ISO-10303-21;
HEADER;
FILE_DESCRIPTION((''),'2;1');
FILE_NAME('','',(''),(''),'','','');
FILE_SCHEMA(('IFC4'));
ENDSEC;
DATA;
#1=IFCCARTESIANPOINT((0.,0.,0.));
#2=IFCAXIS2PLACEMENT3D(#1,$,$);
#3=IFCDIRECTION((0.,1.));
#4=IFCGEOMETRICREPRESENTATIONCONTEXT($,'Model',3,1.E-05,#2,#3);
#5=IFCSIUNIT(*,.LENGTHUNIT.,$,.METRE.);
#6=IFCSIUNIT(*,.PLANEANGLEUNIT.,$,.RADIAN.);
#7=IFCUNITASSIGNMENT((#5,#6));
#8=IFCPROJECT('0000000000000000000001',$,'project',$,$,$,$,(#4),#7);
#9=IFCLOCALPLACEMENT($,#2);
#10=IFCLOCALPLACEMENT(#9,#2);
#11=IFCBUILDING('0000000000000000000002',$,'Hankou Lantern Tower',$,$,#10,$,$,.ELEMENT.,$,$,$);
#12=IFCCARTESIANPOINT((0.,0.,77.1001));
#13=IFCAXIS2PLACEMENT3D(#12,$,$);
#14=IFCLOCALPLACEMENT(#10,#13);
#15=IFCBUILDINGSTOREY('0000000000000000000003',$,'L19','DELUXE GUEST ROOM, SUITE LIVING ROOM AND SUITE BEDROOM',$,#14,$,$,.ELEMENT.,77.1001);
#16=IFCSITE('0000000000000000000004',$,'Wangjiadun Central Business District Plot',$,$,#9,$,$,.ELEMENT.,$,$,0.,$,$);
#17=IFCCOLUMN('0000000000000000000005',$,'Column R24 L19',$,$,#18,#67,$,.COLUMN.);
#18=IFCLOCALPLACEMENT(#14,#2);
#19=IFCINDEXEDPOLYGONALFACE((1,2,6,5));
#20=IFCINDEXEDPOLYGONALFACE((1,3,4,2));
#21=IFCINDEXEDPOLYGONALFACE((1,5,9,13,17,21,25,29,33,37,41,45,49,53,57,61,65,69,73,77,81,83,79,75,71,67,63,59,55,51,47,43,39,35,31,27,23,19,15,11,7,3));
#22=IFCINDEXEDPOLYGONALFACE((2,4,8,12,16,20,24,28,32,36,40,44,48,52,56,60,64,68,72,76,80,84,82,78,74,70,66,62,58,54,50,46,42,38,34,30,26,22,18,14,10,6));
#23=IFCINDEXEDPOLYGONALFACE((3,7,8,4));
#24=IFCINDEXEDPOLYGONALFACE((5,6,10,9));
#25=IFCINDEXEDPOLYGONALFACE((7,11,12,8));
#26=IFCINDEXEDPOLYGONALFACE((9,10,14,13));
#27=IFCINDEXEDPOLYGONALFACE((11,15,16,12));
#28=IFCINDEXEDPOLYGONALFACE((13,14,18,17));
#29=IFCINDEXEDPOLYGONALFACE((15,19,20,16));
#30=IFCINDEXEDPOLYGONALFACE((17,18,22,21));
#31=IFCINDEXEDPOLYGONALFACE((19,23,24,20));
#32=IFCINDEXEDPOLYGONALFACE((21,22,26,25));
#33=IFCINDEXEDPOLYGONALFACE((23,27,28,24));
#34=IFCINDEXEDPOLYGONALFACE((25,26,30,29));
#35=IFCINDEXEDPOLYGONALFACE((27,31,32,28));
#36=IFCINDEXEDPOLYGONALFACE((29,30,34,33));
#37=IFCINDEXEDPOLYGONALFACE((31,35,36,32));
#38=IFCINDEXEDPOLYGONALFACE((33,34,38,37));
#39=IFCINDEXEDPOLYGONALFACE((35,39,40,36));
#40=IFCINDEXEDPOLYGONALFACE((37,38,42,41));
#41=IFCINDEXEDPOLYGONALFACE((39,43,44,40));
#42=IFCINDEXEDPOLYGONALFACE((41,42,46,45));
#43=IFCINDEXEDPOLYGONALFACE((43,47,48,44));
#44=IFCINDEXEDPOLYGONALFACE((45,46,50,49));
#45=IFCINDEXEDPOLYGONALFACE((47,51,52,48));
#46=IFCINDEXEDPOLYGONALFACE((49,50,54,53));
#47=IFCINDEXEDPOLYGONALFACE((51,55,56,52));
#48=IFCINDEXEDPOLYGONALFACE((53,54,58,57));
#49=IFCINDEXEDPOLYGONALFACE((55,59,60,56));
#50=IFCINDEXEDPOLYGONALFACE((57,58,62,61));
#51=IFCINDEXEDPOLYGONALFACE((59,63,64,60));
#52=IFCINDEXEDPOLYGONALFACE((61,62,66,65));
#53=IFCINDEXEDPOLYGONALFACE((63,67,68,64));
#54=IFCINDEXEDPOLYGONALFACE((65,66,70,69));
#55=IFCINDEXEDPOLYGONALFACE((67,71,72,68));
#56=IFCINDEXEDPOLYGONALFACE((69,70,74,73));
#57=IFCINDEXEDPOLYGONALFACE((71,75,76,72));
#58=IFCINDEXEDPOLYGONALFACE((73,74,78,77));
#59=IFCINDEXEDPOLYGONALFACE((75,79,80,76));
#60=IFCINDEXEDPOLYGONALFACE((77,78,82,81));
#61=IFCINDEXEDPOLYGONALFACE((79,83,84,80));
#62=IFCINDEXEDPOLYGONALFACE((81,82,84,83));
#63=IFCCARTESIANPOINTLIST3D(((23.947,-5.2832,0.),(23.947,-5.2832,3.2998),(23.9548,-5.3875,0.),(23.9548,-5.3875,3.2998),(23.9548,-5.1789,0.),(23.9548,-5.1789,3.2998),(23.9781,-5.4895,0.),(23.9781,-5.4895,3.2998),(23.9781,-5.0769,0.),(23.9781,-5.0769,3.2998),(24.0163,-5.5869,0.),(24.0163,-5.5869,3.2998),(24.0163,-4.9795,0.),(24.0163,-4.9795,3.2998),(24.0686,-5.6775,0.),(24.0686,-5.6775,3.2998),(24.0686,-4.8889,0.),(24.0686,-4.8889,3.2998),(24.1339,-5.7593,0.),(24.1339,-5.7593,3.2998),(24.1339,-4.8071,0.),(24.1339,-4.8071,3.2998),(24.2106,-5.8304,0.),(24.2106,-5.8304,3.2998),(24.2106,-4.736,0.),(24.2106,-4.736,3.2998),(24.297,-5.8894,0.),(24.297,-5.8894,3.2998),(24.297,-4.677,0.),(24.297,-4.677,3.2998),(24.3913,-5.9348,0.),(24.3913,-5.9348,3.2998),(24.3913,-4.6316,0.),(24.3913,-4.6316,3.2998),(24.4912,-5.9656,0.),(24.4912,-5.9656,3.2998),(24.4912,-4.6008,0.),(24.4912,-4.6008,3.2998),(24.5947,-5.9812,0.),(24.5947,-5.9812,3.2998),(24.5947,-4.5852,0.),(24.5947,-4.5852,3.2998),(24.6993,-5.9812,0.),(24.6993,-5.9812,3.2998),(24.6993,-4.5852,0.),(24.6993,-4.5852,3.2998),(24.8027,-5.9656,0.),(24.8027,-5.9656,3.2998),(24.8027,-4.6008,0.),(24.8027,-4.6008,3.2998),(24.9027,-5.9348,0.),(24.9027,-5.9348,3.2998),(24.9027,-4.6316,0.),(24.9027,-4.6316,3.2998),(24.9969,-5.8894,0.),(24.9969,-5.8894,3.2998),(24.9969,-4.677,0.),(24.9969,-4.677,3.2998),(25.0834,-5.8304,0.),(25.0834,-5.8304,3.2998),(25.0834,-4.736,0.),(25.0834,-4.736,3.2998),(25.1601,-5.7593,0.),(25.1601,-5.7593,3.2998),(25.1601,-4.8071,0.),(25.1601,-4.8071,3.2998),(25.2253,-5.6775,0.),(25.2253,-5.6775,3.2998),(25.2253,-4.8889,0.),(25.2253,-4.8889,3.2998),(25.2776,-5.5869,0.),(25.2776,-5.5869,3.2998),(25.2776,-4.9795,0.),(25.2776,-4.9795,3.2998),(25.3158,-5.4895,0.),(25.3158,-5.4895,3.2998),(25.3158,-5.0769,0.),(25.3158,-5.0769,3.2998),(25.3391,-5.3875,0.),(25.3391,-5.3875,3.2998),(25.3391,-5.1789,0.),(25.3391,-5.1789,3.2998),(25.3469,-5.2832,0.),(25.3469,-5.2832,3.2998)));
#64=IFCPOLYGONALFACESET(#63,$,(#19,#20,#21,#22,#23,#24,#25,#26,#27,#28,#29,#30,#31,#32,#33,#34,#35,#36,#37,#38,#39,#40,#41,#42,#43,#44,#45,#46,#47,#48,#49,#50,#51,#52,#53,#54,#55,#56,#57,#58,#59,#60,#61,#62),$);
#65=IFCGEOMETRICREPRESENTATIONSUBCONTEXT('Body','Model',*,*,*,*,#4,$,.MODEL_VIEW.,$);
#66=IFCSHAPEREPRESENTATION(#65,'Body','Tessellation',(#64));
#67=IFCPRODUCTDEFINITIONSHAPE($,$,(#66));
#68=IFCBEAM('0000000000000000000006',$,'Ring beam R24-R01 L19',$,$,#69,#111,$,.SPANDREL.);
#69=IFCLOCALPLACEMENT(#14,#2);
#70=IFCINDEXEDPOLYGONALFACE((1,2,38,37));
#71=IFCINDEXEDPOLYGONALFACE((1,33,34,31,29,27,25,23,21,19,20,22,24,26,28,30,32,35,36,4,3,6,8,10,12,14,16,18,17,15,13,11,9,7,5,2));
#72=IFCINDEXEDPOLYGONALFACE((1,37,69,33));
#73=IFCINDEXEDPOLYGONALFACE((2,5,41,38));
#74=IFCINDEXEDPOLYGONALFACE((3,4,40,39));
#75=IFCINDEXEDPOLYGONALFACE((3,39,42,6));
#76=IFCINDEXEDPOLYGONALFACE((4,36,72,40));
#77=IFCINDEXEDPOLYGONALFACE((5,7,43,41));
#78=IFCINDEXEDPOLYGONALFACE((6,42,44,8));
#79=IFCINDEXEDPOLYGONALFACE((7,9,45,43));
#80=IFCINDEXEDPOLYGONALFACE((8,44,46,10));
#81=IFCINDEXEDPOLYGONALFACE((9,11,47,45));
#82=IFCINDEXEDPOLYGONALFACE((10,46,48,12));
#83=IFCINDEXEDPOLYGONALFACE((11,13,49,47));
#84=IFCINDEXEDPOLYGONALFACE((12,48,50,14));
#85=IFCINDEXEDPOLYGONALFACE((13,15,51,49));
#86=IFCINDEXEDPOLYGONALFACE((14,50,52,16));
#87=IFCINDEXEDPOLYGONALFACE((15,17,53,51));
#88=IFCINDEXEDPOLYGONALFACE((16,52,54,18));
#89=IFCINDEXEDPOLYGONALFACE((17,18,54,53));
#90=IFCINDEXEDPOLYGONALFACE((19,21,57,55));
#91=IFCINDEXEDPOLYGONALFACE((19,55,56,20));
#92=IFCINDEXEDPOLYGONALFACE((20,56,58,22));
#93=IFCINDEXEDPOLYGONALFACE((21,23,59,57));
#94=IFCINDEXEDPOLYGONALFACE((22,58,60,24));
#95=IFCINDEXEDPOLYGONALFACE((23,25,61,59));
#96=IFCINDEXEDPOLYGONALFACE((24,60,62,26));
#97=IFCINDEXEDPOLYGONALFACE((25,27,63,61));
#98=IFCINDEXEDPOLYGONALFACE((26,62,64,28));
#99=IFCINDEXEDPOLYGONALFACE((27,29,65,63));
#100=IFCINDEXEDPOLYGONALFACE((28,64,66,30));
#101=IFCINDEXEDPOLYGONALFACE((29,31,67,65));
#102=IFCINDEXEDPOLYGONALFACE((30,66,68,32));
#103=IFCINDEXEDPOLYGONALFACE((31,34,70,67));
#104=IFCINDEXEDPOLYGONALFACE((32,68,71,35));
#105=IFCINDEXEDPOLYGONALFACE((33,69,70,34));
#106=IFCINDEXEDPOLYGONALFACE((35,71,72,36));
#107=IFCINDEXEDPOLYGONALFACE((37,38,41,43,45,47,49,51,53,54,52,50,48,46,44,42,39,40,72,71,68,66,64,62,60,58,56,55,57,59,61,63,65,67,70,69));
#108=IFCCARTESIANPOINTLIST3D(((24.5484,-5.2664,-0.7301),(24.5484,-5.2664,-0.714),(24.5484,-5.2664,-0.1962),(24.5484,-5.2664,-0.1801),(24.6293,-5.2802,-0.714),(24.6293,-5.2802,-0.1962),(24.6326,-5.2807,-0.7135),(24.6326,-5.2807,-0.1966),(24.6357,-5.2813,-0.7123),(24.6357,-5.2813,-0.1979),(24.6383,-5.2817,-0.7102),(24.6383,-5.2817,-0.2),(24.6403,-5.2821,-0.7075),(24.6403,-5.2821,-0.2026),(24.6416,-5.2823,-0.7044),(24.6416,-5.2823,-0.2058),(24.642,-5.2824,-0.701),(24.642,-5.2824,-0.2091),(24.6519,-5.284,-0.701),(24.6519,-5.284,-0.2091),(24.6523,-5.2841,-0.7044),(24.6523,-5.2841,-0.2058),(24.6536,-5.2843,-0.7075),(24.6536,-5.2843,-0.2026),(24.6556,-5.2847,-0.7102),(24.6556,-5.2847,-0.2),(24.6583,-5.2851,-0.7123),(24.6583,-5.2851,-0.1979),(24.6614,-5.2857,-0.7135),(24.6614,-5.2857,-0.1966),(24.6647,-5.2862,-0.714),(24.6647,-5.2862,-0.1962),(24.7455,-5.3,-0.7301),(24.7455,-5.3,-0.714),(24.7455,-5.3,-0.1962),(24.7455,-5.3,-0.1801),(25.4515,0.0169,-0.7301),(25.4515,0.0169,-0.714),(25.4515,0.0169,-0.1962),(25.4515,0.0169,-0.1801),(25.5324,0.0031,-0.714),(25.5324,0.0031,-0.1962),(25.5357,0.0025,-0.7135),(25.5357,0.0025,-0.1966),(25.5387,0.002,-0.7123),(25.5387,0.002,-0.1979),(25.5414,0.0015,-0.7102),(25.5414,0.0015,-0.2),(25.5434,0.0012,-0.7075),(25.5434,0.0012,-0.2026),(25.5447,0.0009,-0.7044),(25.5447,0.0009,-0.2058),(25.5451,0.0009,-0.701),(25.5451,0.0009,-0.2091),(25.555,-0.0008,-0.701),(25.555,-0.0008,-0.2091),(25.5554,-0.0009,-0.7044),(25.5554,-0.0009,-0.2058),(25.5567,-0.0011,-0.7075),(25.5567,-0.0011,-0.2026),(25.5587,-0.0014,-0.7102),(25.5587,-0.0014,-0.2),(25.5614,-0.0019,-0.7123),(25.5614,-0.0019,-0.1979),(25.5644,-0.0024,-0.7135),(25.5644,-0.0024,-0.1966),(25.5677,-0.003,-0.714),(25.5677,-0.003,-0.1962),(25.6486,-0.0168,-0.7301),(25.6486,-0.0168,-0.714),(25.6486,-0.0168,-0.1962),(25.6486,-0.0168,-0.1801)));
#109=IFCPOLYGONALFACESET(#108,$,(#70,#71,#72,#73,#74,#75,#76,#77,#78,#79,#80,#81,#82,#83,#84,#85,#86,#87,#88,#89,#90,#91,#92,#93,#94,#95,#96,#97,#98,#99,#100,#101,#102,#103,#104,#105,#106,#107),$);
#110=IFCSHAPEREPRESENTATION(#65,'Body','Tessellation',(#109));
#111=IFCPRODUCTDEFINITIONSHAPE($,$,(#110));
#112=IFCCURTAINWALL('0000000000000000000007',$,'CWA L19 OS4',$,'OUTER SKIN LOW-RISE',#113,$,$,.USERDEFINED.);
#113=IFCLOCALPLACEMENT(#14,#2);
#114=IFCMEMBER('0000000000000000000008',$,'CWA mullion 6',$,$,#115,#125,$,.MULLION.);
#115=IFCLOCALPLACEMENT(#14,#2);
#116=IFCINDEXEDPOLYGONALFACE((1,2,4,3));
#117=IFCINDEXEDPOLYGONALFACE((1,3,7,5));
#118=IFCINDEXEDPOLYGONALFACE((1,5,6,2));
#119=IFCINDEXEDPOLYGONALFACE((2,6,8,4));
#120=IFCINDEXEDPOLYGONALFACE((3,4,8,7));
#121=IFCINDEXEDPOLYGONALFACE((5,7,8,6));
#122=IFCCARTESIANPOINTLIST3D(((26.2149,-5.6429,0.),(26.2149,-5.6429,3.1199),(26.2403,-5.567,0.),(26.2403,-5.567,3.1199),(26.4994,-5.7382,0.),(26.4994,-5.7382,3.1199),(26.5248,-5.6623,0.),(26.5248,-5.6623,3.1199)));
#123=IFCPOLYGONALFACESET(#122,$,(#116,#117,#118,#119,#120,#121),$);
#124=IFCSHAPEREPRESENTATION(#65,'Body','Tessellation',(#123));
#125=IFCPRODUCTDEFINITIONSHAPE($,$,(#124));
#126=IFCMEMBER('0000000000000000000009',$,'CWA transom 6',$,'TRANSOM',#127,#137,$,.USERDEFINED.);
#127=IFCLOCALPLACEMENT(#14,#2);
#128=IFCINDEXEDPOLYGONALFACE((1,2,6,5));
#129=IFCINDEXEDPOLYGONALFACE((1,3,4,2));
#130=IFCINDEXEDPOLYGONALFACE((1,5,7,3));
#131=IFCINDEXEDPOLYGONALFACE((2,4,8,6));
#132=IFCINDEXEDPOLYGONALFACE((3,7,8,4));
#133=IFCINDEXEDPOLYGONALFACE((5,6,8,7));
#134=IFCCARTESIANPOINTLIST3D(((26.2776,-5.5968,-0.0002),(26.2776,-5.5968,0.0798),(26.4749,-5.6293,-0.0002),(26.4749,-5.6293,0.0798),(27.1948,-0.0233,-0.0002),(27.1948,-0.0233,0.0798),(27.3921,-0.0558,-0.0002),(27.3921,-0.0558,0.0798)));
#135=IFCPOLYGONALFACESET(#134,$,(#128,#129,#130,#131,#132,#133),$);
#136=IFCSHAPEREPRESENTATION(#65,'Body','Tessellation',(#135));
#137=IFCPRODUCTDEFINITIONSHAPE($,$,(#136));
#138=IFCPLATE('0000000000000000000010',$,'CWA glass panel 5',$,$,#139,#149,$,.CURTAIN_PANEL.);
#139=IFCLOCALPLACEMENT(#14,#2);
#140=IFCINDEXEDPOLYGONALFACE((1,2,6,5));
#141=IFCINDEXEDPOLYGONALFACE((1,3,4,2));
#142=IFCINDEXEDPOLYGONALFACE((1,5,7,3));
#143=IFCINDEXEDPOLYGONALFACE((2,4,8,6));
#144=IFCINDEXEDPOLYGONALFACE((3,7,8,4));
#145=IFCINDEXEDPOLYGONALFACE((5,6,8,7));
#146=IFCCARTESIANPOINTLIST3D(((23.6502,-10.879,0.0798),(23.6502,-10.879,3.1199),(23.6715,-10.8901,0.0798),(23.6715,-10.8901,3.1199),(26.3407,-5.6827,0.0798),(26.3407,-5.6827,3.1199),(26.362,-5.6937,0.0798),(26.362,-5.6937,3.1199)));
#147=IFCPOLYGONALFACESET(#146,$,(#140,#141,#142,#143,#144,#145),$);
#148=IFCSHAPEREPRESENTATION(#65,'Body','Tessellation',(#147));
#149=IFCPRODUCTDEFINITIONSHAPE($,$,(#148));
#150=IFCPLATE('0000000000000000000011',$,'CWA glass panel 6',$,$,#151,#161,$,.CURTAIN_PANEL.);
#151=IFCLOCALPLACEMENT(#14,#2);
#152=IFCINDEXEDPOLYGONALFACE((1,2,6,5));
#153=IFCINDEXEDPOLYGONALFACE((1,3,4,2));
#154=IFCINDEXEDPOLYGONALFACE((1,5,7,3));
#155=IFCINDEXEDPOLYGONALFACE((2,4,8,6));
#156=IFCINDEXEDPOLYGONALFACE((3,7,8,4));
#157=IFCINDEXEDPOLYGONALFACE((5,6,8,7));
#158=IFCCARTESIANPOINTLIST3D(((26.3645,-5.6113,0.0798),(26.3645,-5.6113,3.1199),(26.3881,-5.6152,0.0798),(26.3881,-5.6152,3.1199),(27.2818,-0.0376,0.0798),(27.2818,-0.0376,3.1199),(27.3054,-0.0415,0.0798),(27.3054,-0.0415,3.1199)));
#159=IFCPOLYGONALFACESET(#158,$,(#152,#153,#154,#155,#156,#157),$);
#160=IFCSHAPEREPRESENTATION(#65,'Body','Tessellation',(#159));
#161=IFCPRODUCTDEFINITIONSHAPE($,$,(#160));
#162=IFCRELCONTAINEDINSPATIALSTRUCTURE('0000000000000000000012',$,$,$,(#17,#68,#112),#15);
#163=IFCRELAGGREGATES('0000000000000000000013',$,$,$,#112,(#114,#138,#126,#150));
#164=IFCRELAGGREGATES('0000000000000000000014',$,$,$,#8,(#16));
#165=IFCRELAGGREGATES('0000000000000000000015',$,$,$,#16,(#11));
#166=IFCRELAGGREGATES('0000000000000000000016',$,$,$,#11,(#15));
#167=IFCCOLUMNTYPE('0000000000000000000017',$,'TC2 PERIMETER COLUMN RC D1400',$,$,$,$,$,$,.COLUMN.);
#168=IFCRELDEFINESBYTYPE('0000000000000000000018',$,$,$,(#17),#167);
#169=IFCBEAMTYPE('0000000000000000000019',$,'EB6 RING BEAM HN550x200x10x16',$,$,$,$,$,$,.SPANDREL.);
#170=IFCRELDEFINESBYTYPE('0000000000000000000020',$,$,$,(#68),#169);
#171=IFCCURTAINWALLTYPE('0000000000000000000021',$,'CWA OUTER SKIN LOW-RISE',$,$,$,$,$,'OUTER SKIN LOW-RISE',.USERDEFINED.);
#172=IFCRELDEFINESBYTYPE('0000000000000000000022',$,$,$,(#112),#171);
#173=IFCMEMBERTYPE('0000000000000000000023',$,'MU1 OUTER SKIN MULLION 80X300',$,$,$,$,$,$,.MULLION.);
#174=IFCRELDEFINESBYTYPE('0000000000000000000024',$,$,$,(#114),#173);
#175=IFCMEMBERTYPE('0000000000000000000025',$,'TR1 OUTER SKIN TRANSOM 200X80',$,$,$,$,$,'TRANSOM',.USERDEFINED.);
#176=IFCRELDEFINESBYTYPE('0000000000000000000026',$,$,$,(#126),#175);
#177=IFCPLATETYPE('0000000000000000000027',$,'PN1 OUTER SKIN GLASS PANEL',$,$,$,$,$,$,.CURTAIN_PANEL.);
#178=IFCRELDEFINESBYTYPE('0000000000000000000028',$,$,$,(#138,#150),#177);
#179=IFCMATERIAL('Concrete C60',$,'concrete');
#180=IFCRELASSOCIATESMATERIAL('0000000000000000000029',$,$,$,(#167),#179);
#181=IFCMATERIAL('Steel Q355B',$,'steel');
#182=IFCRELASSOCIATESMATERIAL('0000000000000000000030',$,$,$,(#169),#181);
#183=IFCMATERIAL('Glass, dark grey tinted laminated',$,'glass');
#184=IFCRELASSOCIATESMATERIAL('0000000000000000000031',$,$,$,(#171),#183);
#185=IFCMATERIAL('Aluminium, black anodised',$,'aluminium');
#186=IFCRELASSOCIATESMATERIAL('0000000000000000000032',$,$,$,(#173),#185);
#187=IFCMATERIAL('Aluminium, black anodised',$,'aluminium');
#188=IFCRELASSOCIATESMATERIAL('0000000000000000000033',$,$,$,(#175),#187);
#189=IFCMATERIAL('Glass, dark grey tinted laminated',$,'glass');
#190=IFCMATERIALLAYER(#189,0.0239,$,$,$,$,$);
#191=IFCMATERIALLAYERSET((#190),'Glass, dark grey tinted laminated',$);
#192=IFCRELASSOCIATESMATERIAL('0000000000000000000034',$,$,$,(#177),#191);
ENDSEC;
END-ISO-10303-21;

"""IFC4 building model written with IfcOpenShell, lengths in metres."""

from ifc_helpers import new_model, si_unit, direction, frame, origin, origin_2d, place, context, subcontext, project, spatial, rectangle, circle, i_section, extrude, material, layer, layer_set, material_profile, profile_set, type_object, element, aggregate, save


model = new_model("IFC4")

# Units and contexts
model_context = context("Model", 3, precision=1e-05, world=origin(), true_north=direction((0.0, 1.0)))
body_context = subcontext(model_context, "Body", "Model", "MODEL_VIEW")
ifc_project = project(units=[si_unit("LENGTHUNIT", "METRE"), si_unit("PLANEANGLEUNIT", "RADIAN")], contexts=[model_context])

# Site, building, storey
site_placement = place(None, origin())
site = spatial("IfcSite", under=ifc_project, at=site_placement, Name="Wangjiadun Central Business District Plot", CompositionType="ELEMENT", RefElevation=0.0)
building_placement = place(site_placement, origin())
building = spatial("IfcBuilding", under=site, at=building_placement, Name="Hankou Lantern Tower", CompositionType="ELEMENT")
storey_placement = place(building_placement, frame((0.0, 0.0, 77.1001)))
storey = spatial("IfcBuildingStorey", under=building, at=storey_placement, Name="L19", Description="DELUXE GUEST ROOM, SUITE LIVING ROOM AND SUITE BEDROOM", CompositionType="ELEMENT", Elevation=77.1001)

# Column
ifc_material_1 = material(Name="Concrete C60", Category="concrete")
ifc_material_profile_1 = material_profile(ifc_material_1, circle(Radius=0.7, at=origin_2d()), Name="RC D1400")
ifc_profile_set_1 = profile_set([ifc_material_profile_1], Name="Concrete C60")
column_type = type_object("IfcColumnType", Name="TC2 PERIMETER COLUMN RC D1400", PredefinedType="COLUMN", material=ifc_profile_set_1)
column_placement = place(storey_placement, frame((24.647, -5.2832, 0.0), z_axis=(0.0, 0.0, 1.0), x_axis=(1.0, 0.0, 0.0)))
element("IfcColumn", 1, at=column_placement, inside=storey, type_object=column_type, Name="Column R24 L19", PredefinedType="COLUMN", context=body_context, shape_type="SweptSolid", body=[
    extrude(circle(Radius=0.7, at=origin_2d()), origin(), (0.0, 0.0, 1.0), 3.2998),
])

# Beam
ifc_material_2 = material(Name="Steel Q355B", Category="steel")
ifc_material_profile_2 = material_profile(ifc_material_2, i_section(OverallWidth=0.2, OverallDepth=0.55, WebThickness=0.01, FlangeThickness=0.0161, FilletRadius=0.0129, at=origin_2d()), Name="HN550x200x10x16")
ifc_profile_set_2 = profile_set([ifc_material_profile_2], Name="Steel Q355B")
beam_type = type_object("IfcBeamType", Name="EB6 RING BEAM HN550x200x10x16", PredefinedType="SPANDREL", material=ifc_profile_set_2)
beam_placement = place(storey_placement, frame((24.647, -5.2832, -0.4551), z_axis=(0.16849, 0.985703, 0.0), x_axis=(-0.985703, 0.16849, 0.0)))
element("IfcBeam", 2, at=beam_placement, inside=storey, type_object=beam_type, Name="Ring beam R24-R01 L19", PredefinedType="SPANDREL", context=body_context, shape_type="SweptSolid", body=[
    extrude(i_section(OverallWidth=0.2, OverallDepth=0.55, WebThickness=0.01, FlangeThickness=0.0161, FilletRadius=0.0129, at=origin_2d()), origin(), (0.0, 0.0, 1.0), 5.3599),
])

# Curtain wall, members, plates
ifc_material_3 = material(Name="Glass, dark grey tinted laminated", Category="glass")
curtain_wall_type = type_object("IfcCurtainWallType", Name="CWA OUTER SKIN LOW-RISE", ElementType="OUTER SKIN LOW-RISE", PredefinedType="USERDEFINED", material=ifc_material_3)
curtain_wall_placement = place(storey_placement, origin())
curtain_wall = element("IfcCurtainWall", 3, at=curtain_wall_placement, inside=storey, type_object=curtain_wall_type, Name="CWA L19 OS4", ObjectType="OUTER SKIN LOW-RISE", PredefinedType="USERDEFINED")
ifc_material_4 = material(Name="Aluminium, black anodised", Category="aluminium")
ifc_material_profile_3 = material_profile(ifc_material_4, rectangle(XDim=0.0801, YDim=0.3, at=origin_2d()), Name="MU1 80X300")
ifc_profile_set_3 = profile_set([ifc_material_profile_3], Name="Aluminium, black anodised")
member_type_1 = type_object("IfcMemberType", Name="MU1 OUTER SKIN MULLION 80X300", PredefinedType="MULLION", material=ifc_profile_set_3)
member_1_placement = place(storey_placement, frame((26.3699, -5.6526, 0.0), z_axis=(0.0, 0.0, 1.0), x_axis=(0.317596, 0.948226, 0.0)))
member_1 = element("IfcMember", 4, at=member_1_placement, type_object=member_type_1, Name="CWA mullion 6", PredefinedType="MULLION", context=body_context, shape_type="SweptSolid", body=[
    extrude(rectangle(XDim=0.0801, YDim=0.3, at=origin_2d()), origin(), (0.0, 0.0, 1.0), 3.1199),
])
ifc_material_5 = material(Name="Aluminium, black anodised", Category="aluminium")
ifc_material_profile_4 = material_profile(ifc_material_5, rectangle(XDim=0.2, YDim=0.0801, at=origin_2d()), Name="TR1 200X80")
ifc_profile_set_4 = profile_set([ifc_material_profile_4], Name="Aluminium, black anodised")
member_type_2 = type_object("IfcMemberType", Name="TR1 OUTER SKIN TRANSOM 200X80", ElementType="TRANSOM", PredefinedType="USERDEFINED", material=ifc_profile_set_4)
member_2_placement = place(storey_placement, frame((26.3762, -5.613, 0.0398), z_axis=(0.162387, 0.986727, 0.0), x_axis=(-0.986727, 0.162387, 0.0)))
member_2 = element("IfcMember", 5, at=member_2_placement, type_object=member_type_2, Name="CWA transom 6", ObjectType="TRANSOM", PredefinedType="USERDEFINED", context=body_context, shape_type="SweptSolid", body=[
    extrude(rectangle(XDim=0.2, YDim=0.0801, at=origin_2d()), origin(), (0.0, 0.0, 1.0), 5.6484),
])
ifc_material_6 = material(Name="Glass, dark grey tinted laminated", Category="glass")
ifc_layer_1 = layer(ifc_material_6, 0.0239)
ifc_layer_set_1 = layer_set([ifc_layer_1], Name="Glass, dark grey tinted laminated")
plate_type = type_object("IfcPlateType", Name="PN1 OUTER SKIN GLASS PANEL", PredefinedType="CURTAIN_PANEL", material=ifc_layer_set_1)
plate_1_placement = place(storey_placement, frame((25.0061, -8.2864, 0.0798), z_axis=(0.0, 0.0, 1.0), x_axis=(0.459791, 0.888027, 0.0)))
plate_1 = element("IfcPlate", 6, at=plate_1_placement, type_object=plate_type, Name="CWA glass panel 5", PredefinedType="CURTAIN_PANEL", context=body_context, shape_type="SweptSolid", body=[
    extrude(rectangle(XDim=5.8516, YDim=0.0239, at=origin_2d()), origin(), (0.0, 0.0, 1.0), 3.04),
])
plate_2_placement = place(storey_placement, frame((26.835, -2.8264, 0.0798), z_axis=(0.0, 0.0, 1.0), x_axis=(0.162382, 0.986728, 0.0)))
plate_2 = element("IfcPlate", 7, at=plate_2_placement, type_object=plate_type, Name="CWA glass panel 6", PredefinedType="CURTAIN_PANEL", context=body_context, shape_type="SweptSolid", body=[
    extrude(rectangle(XDim=5.6487, YDim=0.0239, at=origin_2d()), origin(), (0.0, 0.0, 1.0), 3.04),
])
aggregate(curtain_wall, [member_1, plate_1, member_2, plate_2])

save(model, "model.ifc")
